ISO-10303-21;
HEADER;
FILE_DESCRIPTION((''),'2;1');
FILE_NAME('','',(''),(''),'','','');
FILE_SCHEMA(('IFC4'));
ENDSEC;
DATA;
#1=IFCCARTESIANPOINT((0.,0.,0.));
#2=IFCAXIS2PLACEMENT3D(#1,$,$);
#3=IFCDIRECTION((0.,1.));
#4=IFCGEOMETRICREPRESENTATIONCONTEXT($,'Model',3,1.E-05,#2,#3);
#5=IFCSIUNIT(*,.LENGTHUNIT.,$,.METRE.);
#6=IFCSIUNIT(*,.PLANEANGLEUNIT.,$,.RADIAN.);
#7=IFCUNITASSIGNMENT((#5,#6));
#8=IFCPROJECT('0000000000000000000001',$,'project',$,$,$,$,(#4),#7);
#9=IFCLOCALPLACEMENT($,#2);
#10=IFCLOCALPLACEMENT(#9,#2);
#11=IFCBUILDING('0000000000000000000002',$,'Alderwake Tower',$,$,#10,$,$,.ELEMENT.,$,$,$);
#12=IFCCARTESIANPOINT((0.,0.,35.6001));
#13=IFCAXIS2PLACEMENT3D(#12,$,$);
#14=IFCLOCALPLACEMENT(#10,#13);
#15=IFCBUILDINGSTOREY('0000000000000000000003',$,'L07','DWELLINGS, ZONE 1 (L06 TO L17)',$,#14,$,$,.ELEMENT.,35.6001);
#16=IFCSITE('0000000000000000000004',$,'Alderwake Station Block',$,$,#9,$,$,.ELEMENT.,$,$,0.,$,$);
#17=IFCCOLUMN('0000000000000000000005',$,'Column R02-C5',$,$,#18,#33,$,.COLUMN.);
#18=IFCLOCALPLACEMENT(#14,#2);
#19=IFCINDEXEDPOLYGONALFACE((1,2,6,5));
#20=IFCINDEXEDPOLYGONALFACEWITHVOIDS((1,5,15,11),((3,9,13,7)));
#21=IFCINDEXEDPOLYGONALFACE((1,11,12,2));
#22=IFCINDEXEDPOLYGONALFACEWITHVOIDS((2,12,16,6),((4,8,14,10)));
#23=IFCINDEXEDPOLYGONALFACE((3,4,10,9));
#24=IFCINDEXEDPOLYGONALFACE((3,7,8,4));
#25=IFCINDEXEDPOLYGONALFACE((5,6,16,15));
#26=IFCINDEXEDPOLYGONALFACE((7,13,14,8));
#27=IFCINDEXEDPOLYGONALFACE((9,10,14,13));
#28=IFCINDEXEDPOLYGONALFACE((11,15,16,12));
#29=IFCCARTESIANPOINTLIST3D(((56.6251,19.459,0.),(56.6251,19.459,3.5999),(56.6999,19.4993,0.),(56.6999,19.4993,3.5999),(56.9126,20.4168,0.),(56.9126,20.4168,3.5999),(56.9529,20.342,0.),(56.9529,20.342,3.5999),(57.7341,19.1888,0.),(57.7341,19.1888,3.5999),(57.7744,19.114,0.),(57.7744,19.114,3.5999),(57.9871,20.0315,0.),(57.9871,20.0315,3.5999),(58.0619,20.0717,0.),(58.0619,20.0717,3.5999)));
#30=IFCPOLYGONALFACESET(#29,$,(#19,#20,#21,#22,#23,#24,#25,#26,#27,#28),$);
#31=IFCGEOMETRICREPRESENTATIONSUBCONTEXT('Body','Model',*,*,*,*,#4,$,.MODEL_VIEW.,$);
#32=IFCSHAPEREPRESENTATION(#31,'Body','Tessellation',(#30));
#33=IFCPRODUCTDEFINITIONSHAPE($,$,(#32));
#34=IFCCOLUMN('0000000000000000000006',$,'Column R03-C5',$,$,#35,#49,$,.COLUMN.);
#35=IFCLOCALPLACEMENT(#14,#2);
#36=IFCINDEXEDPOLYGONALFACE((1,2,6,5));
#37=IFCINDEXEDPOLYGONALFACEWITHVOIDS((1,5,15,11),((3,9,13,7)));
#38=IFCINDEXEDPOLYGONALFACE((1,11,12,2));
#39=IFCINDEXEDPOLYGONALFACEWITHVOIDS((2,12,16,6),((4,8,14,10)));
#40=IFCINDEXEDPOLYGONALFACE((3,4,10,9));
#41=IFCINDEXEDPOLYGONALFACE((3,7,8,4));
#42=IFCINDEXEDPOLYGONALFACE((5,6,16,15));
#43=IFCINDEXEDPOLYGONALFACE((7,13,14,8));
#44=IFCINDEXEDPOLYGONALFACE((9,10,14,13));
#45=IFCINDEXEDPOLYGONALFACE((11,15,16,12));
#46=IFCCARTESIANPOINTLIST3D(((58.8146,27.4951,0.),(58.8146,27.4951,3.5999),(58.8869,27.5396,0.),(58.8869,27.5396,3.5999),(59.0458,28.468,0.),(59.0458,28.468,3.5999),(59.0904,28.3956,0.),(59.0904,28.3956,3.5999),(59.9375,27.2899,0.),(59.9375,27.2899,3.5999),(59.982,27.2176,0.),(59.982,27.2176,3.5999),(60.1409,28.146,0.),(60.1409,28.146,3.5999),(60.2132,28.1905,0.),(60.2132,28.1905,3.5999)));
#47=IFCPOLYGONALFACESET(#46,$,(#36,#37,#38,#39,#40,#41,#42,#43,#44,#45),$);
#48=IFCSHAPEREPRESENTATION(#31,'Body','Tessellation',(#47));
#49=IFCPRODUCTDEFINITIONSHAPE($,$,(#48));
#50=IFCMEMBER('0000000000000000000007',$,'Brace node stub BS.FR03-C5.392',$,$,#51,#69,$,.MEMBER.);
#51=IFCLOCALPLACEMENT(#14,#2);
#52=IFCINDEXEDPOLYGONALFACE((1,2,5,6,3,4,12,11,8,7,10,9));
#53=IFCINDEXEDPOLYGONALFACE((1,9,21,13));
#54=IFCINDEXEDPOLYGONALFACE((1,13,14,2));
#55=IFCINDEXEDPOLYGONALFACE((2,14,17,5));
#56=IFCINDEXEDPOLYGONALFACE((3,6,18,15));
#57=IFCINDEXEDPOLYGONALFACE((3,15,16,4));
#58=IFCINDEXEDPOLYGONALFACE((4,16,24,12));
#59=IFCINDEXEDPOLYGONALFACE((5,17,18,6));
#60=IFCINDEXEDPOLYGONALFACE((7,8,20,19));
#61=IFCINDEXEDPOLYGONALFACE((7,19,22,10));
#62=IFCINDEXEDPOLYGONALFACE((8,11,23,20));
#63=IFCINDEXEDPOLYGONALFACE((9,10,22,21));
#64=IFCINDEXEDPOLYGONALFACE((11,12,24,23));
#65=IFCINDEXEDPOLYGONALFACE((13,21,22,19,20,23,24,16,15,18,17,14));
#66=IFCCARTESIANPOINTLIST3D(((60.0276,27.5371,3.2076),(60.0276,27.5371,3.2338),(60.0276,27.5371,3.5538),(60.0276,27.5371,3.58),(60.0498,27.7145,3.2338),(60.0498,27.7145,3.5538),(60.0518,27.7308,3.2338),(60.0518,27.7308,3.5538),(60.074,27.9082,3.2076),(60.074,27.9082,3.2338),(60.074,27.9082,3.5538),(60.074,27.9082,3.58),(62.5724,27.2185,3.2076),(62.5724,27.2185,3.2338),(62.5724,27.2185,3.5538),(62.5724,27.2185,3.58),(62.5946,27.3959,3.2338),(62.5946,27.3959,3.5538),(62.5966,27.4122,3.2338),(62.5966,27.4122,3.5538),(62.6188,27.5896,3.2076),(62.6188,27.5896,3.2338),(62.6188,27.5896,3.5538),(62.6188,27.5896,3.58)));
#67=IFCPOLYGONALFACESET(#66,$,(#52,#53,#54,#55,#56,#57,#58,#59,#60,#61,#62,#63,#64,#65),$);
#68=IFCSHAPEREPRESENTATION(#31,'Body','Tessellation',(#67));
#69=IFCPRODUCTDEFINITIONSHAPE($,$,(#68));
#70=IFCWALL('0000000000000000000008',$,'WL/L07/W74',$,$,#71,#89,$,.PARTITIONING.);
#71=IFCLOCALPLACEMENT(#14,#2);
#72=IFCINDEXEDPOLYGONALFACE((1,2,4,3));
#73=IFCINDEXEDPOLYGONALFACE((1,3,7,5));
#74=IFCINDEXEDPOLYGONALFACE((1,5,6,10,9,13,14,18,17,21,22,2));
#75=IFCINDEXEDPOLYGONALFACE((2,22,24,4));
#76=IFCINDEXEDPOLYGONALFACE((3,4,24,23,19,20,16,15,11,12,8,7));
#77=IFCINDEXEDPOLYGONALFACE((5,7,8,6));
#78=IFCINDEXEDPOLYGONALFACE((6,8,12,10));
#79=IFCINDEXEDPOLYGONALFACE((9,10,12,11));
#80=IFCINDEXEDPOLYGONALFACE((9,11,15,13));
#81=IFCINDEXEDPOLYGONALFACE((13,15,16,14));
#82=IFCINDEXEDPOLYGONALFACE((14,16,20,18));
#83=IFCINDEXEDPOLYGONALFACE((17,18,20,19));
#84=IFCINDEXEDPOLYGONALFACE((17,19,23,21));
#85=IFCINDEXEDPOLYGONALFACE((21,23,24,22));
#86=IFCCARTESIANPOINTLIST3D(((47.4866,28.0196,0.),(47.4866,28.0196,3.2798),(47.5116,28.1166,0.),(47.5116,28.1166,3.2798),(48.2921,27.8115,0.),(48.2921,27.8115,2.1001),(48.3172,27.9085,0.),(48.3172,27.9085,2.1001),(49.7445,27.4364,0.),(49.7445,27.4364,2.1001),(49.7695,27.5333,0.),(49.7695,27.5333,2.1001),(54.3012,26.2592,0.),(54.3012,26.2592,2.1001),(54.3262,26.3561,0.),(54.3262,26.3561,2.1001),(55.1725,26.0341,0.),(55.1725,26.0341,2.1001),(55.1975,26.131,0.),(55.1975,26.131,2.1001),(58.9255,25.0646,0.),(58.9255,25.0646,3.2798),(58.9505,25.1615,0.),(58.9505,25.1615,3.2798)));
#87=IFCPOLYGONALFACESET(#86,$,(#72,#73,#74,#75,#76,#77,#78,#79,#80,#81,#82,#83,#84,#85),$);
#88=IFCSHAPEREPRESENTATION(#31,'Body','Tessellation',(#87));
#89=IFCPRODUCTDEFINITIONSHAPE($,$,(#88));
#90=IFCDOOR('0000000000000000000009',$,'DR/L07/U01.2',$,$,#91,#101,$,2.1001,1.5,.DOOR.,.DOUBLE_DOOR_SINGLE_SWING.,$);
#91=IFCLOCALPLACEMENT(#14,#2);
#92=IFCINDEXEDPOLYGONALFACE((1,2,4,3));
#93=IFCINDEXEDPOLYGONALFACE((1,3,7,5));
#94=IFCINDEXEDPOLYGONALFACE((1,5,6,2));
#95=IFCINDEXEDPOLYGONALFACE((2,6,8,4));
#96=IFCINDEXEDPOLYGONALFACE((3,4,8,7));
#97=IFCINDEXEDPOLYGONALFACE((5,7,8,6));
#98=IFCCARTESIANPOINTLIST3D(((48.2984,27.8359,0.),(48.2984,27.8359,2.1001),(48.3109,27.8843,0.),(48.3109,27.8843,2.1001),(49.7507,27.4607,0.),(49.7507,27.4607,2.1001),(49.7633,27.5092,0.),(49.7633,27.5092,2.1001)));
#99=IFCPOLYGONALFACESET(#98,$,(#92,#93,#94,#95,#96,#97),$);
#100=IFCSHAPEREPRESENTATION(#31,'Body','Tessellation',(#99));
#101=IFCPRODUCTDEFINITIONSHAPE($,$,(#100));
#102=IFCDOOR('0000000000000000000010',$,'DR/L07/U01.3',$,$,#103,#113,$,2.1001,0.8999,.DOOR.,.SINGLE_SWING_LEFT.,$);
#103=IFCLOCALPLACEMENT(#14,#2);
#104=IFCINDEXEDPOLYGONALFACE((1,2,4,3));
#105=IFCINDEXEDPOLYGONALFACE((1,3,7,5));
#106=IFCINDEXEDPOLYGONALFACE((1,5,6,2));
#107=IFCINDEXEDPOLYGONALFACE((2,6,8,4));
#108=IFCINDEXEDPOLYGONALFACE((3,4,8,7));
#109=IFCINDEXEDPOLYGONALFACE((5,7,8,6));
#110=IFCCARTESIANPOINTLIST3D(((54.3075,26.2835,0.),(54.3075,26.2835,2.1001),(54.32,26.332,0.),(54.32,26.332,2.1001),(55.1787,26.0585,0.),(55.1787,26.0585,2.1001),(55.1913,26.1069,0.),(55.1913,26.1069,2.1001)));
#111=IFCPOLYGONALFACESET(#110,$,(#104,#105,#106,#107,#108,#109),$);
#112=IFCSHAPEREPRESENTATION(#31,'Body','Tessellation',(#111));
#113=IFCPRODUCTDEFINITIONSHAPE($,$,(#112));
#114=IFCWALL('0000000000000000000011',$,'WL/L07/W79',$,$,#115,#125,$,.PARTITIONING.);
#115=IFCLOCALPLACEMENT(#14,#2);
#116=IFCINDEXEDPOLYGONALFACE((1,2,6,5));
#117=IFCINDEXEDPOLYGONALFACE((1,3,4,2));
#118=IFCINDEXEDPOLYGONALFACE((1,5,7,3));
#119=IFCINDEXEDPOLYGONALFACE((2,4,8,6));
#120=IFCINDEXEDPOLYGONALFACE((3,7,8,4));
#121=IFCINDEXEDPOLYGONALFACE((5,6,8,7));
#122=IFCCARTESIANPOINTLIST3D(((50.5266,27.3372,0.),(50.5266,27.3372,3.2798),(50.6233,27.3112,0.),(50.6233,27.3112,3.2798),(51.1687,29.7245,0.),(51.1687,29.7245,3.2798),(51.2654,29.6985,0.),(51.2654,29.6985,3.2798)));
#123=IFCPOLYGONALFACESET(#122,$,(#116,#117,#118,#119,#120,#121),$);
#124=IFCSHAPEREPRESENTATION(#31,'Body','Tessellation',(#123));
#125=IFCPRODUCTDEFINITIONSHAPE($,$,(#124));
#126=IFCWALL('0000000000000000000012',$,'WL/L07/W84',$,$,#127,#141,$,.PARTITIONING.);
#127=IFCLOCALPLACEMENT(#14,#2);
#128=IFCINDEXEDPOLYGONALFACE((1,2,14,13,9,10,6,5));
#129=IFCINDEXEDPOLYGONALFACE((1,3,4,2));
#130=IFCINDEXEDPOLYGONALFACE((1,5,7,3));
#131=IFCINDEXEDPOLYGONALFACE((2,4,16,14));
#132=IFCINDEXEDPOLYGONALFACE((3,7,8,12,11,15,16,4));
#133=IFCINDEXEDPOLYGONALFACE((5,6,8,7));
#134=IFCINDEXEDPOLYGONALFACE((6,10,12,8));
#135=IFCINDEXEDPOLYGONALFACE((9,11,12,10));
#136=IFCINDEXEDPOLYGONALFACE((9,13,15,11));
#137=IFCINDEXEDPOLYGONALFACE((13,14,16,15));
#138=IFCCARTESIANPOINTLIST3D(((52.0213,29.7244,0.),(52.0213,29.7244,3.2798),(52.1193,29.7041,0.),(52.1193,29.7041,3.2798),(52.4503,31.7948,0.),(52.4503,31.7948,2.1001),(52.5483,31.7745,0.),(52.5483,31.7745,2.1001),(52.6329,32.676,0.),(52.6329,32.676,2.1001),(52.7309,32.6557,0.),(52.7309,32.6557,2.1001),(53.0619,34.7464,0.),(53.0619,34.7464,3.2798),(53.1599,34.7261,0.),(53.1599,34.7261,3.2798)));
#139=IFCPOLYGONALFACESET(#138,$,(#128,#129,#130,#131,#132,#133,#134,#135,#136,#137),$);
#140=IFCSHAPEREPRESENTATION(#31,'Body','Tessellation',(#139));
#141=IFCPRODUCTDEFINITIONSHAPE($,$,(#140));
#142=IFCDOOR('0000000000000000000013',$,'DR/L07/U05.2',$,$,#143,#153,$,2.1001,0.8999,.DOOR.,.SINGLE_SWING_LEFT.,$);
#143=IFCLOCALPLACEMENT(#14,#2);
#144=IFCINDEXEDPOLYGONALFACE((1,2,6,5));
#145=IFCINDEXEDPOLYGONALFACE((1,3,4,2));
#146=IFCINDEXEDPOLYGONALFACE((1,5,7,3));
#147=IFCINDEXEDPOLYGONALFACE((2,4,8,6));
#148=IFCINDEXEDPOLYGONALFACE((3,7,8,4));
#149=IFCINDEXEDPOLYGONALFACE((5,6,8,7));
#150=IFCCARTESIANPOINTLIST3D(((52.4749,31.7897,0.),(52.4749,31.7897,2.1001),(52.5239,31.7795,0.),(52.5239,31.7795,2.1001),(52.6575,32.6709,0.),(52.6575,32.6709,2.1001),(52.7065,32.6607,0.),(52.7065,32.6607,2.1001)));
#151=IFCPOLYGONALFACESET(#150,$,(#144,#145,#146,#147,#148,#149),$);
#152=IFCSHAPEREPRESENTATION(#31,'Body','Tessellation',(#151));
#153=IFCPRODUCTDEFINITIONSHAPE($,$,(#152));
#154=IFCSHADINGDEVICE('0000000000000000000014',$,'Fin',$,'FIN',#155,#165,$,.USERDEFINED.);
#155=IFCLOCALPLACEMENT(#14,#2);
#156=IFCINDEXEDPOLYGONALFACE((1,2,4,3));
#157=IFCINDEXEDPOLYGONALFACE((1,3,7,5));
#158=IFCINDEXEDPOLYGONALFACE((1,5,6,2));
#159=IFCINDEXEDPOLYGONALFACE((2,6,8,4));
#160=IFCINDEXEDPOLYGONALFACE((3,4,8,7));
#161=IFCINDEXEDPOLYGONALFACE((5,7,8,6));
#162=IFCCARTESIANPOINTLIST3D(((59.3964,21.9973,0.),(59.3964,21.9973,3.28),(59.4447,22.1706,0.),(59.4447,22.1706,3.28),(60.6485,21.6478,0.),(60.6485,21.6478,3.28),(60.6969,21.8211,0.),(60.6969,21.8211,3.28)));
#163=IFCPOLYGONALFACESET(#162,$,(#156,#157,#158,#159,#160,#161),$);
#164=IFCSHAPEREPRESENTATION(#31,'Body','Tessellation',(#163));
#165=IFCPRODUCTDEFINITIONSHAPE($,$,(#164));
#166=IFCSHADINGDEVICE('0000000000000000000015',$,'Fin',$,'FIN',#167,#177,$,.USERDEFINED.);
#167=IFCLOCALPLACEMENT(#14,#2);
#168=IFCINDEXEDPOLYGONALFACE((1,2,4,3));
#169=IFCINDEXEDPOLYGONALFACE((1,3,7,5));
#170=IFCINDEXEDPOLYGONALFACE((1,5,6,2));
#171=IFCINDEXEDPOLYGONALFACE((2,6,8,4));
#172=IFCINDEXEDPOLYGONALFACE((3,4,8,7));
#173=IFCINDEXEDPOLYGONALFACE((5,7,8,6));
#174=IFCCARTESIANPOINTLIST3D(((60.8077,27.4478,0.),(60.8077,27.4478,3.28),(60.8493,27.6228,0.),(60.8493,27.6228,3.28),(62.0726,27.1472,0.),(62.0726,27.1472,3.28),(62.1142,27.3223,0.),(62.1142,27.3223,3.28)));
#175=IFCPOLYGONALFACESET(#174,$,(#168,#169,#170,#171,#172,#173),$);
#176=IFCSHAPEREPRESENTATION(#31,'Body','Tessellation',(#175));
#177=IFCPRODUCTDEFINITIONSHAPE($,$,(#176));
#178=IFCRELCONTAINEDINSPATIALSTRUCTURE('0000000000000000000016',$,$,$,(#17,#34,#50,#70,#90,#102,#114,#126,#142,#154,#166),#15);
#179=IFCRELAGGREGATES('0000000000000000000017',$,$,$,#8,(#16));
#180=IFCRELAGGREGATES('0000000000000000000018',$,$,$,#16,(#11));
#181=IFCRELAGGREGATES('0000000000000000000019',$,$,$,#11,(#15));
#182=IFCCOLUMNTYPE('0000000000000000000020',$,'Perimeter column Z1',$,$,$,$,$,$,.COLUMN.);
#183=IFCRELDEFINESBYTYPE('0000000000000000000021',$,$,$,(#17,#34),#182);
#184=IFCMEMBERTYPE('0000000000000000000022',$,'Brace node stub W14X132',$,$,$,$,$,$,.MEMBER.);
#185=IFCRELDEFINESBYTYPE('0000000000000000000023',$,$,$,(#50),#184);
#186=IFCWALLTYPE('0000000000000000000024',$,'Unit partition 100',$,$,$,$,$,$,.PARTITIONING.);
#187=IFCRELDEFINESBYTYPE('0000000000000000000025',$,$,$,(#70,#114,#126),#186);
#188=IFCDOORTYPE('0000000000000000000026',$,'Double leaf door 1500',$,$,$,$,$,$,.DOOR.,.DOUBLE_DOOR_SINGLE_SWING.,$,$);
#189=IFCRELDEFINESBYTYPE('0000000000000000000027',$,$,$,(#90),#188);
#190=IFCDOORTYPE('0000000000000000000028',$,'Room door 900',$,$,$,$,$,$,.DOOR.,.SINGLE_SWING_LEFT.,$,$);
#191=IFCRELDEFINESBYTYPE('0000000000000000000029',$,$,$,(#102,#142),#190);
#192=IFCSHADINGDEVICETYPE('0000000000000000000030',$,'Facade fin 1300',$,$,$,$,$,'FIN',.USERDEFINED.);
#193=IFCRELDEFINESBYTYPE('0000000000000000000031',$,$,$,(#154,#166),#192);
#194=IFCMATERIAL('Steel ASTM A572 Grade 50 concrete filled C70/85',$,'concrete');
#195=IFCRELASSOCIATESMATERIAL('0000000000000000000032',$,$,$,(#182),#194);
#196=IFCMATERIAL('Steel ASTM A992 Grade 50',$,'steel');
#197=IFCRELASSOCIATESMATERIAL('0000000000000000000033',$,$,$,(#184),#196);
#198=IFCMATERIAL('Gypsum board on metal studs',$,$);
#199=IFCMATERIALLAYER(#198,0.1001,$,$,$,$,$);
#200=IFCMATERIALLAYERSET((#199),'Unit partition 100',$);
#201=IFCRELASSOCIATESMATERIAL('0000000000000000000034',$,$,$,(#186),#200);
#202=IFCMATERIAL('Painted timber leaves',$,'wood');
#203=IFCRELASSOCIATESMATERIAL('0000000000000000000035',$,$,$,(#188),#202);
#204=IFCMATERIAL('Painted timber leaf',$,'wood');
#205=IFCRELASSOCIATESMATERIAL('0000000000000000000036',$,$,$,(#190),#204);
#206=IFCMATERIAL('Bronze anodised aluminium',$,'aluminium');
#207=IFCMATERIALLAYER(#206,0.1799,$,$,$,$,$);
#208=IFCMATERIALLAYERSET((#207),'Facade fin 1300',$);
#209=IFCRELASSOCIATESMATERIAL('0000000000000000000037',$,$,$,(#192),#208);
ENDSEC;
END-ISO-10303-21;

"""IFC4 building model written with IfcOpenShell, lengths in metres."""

from ifc_helpers import new_model, si_unit, direction, frame, frame_2d, origin, origin_2d, place, context, subcontext, project, spatial, rectangle, hollow_rectangle, i_section, extrude, material, layer, layer_set, material_profile, profile_set, type_object, element, fill, save


model = new_model("IFC4")

# Units and contexts
model_context = context("Model", 3, precision=1e-05, world=origin(), true_north=direction((0.0, 1.0)))
body_context = subcontext(model_context, "Body", "Model", "MODEL_VIEW")
ifc_project = project(units=[si_unit("LENGTHUNIT", "METRE"), si_unit("PLANEANGLEUNIT", "RADIAN")], contexts=[model_context])

# Site, building, storey
site_placement = place(None, origin())
site = spatial("IfcSite", under=ifc_project, at=site_placement, Name="Alderwake Station Block", CompositionType="ELEMENT", RefElevation=0.0)
building_placement = place(site_placement, origin())
building = spatial("IfcBuilding", under=site, at=building_placement, Name="Alderwake Tower", CompositionType="ELEMENT")
storey_placement = place(building_placement, frame((0.0, 0.0, 35.6001)))
storey = spatial("IfcBuildingStorey", under=building, at=storey_placement, Name="L07", Description="DWELLINGS, ZONE 1 (L06 TO L17)", CompositionType="ELEMENT", Elevation=35.6001)

# Columns
ifc_material_1 = material(Name="Steel ASTM A572 Grade 50 concrete filled C70/85", Category="concrete")
ifc_material_profile_1 = material_profile(ifc_material_1, hollow_rectangle(XDim=1.0, YDim=1.2, WallThickness=0.0601, at=origin_2d()), Name="BOX 1200X1000X60")
ifc_profile_set_1 = profile_set([ifc_material_profile_1], Name="Steel ASTM A572 Grade 50 concrete filled C70/85")
column_type = type_object("IfcColumnType", Name="Perimeter column Z1", PredefinedType="COLUMN", material=ifc_profile_set_1)
for number, where, z_axis, x_axis, name in (
    (1, (57.3435, 19.7654, 0.0), (0.0, 0.0, 1.0), (0.287549, 0.957766, 0.0), "Column R02-C5"),
    (2, (59.5139, 27.8428, 0.0), (0.0, 0.0, 1.0), (0.231222, 0.972901, 0.0), "Column R03-C5"),
):
    element("IfcColumn", number, at=place(storey_placement, frame(where, z_axis=z_axis, x_axis=x_axis)), inside=storey, type_object=column_type, Name=name, PredefinedType="COLUMN", context=body_context, shape_type="SweptSolid", body=[
        extrude(hollow_rectangle(XDim=1.0, YDim=1.2, WallThickness=0.0601, at=origin_2d()), origin(), (0.0, 0.0, 1.0), 3.5999),
    ])

# Member
ifc_material_2 = material(Name="Steel ASTM A992 Grade 50", Category="steel")
ifc_material_profile_2 = material_profile(ifc_material_2, i_section(OverallWidth=0.374, OverallDepth=0.3723, WebThickness=0.0164, FlangeThickness=0.0261, at=origin_2d()), Name="W14X132")
ifc_profile_set_2 = profile_set([ifc_material_profile_2], Name="Steel ASTM A992 Grade 50")
member_type = type_object("IfcMemberType", Name="Brace node stub W14X132", PredefinedType="MEMBER", material=ifc_profile_set_2)
member_placement = place(storey_placement, frame((60.0508, 27.7227, 3.3938), z_axis=(0.992254, -0.124222, 0.0), x_axis=(0.124222, 0.992254, 0.0)))
element("IfcMember", 3, at=member_placement, inside=storey, type_object=member_type, Name="Brace node stub BS.FR03-C5.392", PredefinedType="MEMBER", context=body_context, shape_type="SweptSolid", body=[
    extrude(i_section(OverallWidth=0.374, OverallDepth=0.3723, WebThickness=0.0164, FlangeThickness=0.0261, at=origin_2d()), origin(), (0.0, 0.0, 1.0), 2.5647),
])

# Wall, openings, doors
ifc_material_3 = material(Name="Gypsum board on metal studs")
ifc_layer_1 = layer(ifc_material_3, 0.1001)
ifc_layer_set_1 = layer_set([ifc_layer_1], Name="Unit partition 100")
wall_type_1 = type_object("IfcWallType", Name="Unit partition 100", PredefinedType="PARTITIONING", material=ifc_layer_set_1)
wall_1_placement = place(storey_placement, frame((58.938, 25.113, 0.0), z_axis=(0.0, 0.0, 1.0), x_axis=(-0.968214, 0.250123, 0.0)))
wall_1 = element("IfcWall", 4, at=wall_1_placement, inside=storey, type_object=wall_type_1, Name="WL/L07/W74", PredefinedType="PARTITIONING", context=body_context, shape_type="SweptSolid", body=[
    extrude(rectangle(XDim=11.8145, YDim=0.1001, at=frame_2d((5.9072, 0.0))), origin(), (0.0, 0.0, 1.0), 3.2798),
])
opening_1_placement = place(wall_1_placement, frame((9.4824, 0.0, 0.0)))
opening_1 = element("IfcOpeningElement", 5, at=opening_1_placement, cuts=wall_1, PredefinedType="OPENING", context=body_context, shape_type="SweptSolid", body=[
    extrude(rectangle(XDim=1.5, YDim=2.1001, at=frame_2d((0.75, 1.05))), frame((0.0, 0.0601, 0.0), z_axis=(0.0, -1.0, 0.0), x_axis=(1.0, 0.0, 0.0)), (0.0, 0.0, 1.0), 0.1201),
])
opening_2_placement = place(wall_1_placement, frame((3.8762, 0.0, 0.0)))
opening_2 = element("IfcOpeningElement", 6, at=opening_2_placement, cuts=wall_1, PredefinedType="OPENING", context=body_context, shape_type="SweptSolid", body=[
    extrude(rectangle(XDim=0.8999, YDim=2.1001, at=frame_2d((0.45, 1.05))), frame((0.0, 0.0601, 0.0), z_axis=(0.0, -1.0, 0.0), x_axis=(1.0, 0.0, 0.0)), (0.0, 0.0, 1.0), 0.1201),
])
ifc_material_4 = material(Name="Painted timber leaves", Category="wood")
door_type_1 = type_object("IfcDoorType", Name="Double leaf door 1500", OperationType="DOUBLE_DOOR_SINGLE_SWING", PredefinedType="DOOR", material=ifc_material_4)
door_1_placement = place(opening_1_placement, origin())
door_1 = element("IfcDoor", 7, at=door_1_placement, inside=storey, type_object=door_type_1, Name="DR/L07/U01.2", OperationType="DOUBLE_DOOR_SINGLE_SWING", OverallHeight=2.1001, OverallWidth=1.5, PredefinedType="DOOR", context=body_context, shape_type="SweptSolid", body=[
    extrude(rectangle(XDim=1.5, YDim=2.1001, at=frame_2d((0.75, 1.05))), frame((0.0, 0.0249, 0.0), z_axis=(0.0, -1.0, 0.0), x_axis=(1.0, 0.0, 0.0)), (0.0, 0.0, 1.0), 0.05),
])
fill(opening_1, door_1)
ifc_material_5 = material(Name="Painted timber leaf", Category="wood")
door_type_2 = type_object("IfcDoorType", Name="Room door 900", OperationType="SINGLE_SWING_LEFT", PredefinedType="DOOR", material=ifc_material_5)
door_2_placement = place(opening_2_placement, origin())
door_2 = element("IfcDoor", 8, at=door_2_placement, inside=storey, type_object=door_type_2, Name="DR/L07/U01.3", OperationType="SINGLE_SWING_LEFT", OverallHeight=2.1001, OverallWidth=0.8999, PredefinedType="DOOR", context=body_context, shape_type="SweptSolid", body=[
    extrude(rectangle(XDim=0.8999, YDim=2.1001, at=frame_2d((0.45, 1.05))), frame((0.0, 0.0249, 0.0), z_axis=(0.0, -1.0, 0.0), x_axis=(1.0, 0.0, 0.0)), (0.0, 0.0, 1.0), 0.05),
])
fill(opening_2, door_2)

# Wall
wall_2_placement = place(storey_placement, frame((50.575, 27.3242, 0.0), z_axis=(0.0, 0.0, 1.0), x_axis=(0.25974, 0.965679, 0.0)))
element("IfcWall", 9, at=wall_2_placement, inside=storey, type_object=wall_type_1, Name="WL/L07/W79", PredefinedType="PARTITIONING", context=body_context, shape_type="SweptSolid", body=[
    extrude(rectangle(XDim=2.4722, YDim=0.1001, at=frame_2d((1.2361, 0.0))), origin(), (0.0, 0.0, 1.0), 3.2798),
])

# Wall, opening, door
wall_3_placement = place(storey_placement, frame((52.0703, 29.7141, 0.0), z_axis=(0.0, 0.0, 1.0), x_axis=(0.202886, 0.979202, 0.0)))
wall_3 = element("IfcWall", 10, at=wall_3_placement, inside=storey, type_object=wall_type_1, Name="WL/L07/W84", PredefinedType="PARTITIONING", context=body_context, shape_type="SweptSolid", body=[
    extrude(rectangle(XDim=5.1287, YDim=0.1001, at=frame_2d((2.5645, 0.0))), origin(), (0.0, 0.0, 1.0), 3.2798),
])
opening_3_placement = place(wall_3_placement, frame((2.1145, 0.0, 0.0)))
opening_3 = element("IfcOpeningElement", 11, at=opening_3_placement, cuts=wall_3, PredefinedType="OPENING", context=body_context, shape_type="SweptSolid", body=[
    extrude(rectangle(XDim=0.8999, YDim=2.1001, at=frame_2d((0.45, 1.05))), frame((0.0, 0.0601, 0.0), z_axis=(0.0, -1.0, 0.0), x_axis=(1.0, 0.0, 0.0)), (0.0, 0.0, 1.0), 0.1201),
])
door_3_placement = place(opening_3_placement, origin())
door_3 = element("IfcDoor", 12, at=door_3_placement, inside=storey, type_object=door_type_2, Name="DR/L07/U05.2", OperationType="SINGLE_SWING_LEFT", OverallHeight=2.1001, OverallWidth=0.8999, PredefinedType="DOOR", context=body_context, shape_type="SweptSolid", body=[
    extrude(rectangle(XDim=0.8999, YDim=2.1001, at=frame_2d((0.45, 1.05))), frame((0.0, 0.0249, 0.0), z_axis=(0.0, -1.0, 0.0), x_axis=(1.0, 0.0, 0.0)), (0.0, 0.0, 1.0), 0.05),
])
fill(opening_3, door_3)

# Shading devices
ifc_material_6 = material(Name="Bronze anodised aluminium", Category="aluminium")
ifc_layer_2 = layer(ifc_material_6, 0.1799)
ifc_layer_set_2 = layer_set([ifc_layer_2], Name="Facade fin 1300")
shading_device_type = type_object("IfcShadingDeviceType", Name="Facade fin 1300", ElementType="FIN", PredefinedType="USERDEFINED", material=ifc_layer_set_2)
for number, where, z_axis, x_axis, name in (
    (13, (60.0466, 21.9092, 0.0), (0.0, 0.0, 1.0), (0.963182, -0.268851, 0.0), "Fin"),
    (14, (61.4609, 27.385, 0.0), (0.0, 0.0, 1.0), (0.972909, -0.231189, 0.0), "Fin"),
):
    element("IfcShadingDevice", number, at=place(storey_placement, frame(where, z_axis=z_axis, x_axis=x_axis)), inside=storey, type_object=shading_device_type, Name=name, ObjectType="FIN", PredefinedType="USERDEFINED", context=body_context, shape_type="SweptSolid", body=[
        extrude(rectangle(XDim=1.3, YDim=0.1799, at=origin_2d()), origin(), (0.0, 0.0, 1.0), 3.28),
    ])

save(model, "model.ifc")
